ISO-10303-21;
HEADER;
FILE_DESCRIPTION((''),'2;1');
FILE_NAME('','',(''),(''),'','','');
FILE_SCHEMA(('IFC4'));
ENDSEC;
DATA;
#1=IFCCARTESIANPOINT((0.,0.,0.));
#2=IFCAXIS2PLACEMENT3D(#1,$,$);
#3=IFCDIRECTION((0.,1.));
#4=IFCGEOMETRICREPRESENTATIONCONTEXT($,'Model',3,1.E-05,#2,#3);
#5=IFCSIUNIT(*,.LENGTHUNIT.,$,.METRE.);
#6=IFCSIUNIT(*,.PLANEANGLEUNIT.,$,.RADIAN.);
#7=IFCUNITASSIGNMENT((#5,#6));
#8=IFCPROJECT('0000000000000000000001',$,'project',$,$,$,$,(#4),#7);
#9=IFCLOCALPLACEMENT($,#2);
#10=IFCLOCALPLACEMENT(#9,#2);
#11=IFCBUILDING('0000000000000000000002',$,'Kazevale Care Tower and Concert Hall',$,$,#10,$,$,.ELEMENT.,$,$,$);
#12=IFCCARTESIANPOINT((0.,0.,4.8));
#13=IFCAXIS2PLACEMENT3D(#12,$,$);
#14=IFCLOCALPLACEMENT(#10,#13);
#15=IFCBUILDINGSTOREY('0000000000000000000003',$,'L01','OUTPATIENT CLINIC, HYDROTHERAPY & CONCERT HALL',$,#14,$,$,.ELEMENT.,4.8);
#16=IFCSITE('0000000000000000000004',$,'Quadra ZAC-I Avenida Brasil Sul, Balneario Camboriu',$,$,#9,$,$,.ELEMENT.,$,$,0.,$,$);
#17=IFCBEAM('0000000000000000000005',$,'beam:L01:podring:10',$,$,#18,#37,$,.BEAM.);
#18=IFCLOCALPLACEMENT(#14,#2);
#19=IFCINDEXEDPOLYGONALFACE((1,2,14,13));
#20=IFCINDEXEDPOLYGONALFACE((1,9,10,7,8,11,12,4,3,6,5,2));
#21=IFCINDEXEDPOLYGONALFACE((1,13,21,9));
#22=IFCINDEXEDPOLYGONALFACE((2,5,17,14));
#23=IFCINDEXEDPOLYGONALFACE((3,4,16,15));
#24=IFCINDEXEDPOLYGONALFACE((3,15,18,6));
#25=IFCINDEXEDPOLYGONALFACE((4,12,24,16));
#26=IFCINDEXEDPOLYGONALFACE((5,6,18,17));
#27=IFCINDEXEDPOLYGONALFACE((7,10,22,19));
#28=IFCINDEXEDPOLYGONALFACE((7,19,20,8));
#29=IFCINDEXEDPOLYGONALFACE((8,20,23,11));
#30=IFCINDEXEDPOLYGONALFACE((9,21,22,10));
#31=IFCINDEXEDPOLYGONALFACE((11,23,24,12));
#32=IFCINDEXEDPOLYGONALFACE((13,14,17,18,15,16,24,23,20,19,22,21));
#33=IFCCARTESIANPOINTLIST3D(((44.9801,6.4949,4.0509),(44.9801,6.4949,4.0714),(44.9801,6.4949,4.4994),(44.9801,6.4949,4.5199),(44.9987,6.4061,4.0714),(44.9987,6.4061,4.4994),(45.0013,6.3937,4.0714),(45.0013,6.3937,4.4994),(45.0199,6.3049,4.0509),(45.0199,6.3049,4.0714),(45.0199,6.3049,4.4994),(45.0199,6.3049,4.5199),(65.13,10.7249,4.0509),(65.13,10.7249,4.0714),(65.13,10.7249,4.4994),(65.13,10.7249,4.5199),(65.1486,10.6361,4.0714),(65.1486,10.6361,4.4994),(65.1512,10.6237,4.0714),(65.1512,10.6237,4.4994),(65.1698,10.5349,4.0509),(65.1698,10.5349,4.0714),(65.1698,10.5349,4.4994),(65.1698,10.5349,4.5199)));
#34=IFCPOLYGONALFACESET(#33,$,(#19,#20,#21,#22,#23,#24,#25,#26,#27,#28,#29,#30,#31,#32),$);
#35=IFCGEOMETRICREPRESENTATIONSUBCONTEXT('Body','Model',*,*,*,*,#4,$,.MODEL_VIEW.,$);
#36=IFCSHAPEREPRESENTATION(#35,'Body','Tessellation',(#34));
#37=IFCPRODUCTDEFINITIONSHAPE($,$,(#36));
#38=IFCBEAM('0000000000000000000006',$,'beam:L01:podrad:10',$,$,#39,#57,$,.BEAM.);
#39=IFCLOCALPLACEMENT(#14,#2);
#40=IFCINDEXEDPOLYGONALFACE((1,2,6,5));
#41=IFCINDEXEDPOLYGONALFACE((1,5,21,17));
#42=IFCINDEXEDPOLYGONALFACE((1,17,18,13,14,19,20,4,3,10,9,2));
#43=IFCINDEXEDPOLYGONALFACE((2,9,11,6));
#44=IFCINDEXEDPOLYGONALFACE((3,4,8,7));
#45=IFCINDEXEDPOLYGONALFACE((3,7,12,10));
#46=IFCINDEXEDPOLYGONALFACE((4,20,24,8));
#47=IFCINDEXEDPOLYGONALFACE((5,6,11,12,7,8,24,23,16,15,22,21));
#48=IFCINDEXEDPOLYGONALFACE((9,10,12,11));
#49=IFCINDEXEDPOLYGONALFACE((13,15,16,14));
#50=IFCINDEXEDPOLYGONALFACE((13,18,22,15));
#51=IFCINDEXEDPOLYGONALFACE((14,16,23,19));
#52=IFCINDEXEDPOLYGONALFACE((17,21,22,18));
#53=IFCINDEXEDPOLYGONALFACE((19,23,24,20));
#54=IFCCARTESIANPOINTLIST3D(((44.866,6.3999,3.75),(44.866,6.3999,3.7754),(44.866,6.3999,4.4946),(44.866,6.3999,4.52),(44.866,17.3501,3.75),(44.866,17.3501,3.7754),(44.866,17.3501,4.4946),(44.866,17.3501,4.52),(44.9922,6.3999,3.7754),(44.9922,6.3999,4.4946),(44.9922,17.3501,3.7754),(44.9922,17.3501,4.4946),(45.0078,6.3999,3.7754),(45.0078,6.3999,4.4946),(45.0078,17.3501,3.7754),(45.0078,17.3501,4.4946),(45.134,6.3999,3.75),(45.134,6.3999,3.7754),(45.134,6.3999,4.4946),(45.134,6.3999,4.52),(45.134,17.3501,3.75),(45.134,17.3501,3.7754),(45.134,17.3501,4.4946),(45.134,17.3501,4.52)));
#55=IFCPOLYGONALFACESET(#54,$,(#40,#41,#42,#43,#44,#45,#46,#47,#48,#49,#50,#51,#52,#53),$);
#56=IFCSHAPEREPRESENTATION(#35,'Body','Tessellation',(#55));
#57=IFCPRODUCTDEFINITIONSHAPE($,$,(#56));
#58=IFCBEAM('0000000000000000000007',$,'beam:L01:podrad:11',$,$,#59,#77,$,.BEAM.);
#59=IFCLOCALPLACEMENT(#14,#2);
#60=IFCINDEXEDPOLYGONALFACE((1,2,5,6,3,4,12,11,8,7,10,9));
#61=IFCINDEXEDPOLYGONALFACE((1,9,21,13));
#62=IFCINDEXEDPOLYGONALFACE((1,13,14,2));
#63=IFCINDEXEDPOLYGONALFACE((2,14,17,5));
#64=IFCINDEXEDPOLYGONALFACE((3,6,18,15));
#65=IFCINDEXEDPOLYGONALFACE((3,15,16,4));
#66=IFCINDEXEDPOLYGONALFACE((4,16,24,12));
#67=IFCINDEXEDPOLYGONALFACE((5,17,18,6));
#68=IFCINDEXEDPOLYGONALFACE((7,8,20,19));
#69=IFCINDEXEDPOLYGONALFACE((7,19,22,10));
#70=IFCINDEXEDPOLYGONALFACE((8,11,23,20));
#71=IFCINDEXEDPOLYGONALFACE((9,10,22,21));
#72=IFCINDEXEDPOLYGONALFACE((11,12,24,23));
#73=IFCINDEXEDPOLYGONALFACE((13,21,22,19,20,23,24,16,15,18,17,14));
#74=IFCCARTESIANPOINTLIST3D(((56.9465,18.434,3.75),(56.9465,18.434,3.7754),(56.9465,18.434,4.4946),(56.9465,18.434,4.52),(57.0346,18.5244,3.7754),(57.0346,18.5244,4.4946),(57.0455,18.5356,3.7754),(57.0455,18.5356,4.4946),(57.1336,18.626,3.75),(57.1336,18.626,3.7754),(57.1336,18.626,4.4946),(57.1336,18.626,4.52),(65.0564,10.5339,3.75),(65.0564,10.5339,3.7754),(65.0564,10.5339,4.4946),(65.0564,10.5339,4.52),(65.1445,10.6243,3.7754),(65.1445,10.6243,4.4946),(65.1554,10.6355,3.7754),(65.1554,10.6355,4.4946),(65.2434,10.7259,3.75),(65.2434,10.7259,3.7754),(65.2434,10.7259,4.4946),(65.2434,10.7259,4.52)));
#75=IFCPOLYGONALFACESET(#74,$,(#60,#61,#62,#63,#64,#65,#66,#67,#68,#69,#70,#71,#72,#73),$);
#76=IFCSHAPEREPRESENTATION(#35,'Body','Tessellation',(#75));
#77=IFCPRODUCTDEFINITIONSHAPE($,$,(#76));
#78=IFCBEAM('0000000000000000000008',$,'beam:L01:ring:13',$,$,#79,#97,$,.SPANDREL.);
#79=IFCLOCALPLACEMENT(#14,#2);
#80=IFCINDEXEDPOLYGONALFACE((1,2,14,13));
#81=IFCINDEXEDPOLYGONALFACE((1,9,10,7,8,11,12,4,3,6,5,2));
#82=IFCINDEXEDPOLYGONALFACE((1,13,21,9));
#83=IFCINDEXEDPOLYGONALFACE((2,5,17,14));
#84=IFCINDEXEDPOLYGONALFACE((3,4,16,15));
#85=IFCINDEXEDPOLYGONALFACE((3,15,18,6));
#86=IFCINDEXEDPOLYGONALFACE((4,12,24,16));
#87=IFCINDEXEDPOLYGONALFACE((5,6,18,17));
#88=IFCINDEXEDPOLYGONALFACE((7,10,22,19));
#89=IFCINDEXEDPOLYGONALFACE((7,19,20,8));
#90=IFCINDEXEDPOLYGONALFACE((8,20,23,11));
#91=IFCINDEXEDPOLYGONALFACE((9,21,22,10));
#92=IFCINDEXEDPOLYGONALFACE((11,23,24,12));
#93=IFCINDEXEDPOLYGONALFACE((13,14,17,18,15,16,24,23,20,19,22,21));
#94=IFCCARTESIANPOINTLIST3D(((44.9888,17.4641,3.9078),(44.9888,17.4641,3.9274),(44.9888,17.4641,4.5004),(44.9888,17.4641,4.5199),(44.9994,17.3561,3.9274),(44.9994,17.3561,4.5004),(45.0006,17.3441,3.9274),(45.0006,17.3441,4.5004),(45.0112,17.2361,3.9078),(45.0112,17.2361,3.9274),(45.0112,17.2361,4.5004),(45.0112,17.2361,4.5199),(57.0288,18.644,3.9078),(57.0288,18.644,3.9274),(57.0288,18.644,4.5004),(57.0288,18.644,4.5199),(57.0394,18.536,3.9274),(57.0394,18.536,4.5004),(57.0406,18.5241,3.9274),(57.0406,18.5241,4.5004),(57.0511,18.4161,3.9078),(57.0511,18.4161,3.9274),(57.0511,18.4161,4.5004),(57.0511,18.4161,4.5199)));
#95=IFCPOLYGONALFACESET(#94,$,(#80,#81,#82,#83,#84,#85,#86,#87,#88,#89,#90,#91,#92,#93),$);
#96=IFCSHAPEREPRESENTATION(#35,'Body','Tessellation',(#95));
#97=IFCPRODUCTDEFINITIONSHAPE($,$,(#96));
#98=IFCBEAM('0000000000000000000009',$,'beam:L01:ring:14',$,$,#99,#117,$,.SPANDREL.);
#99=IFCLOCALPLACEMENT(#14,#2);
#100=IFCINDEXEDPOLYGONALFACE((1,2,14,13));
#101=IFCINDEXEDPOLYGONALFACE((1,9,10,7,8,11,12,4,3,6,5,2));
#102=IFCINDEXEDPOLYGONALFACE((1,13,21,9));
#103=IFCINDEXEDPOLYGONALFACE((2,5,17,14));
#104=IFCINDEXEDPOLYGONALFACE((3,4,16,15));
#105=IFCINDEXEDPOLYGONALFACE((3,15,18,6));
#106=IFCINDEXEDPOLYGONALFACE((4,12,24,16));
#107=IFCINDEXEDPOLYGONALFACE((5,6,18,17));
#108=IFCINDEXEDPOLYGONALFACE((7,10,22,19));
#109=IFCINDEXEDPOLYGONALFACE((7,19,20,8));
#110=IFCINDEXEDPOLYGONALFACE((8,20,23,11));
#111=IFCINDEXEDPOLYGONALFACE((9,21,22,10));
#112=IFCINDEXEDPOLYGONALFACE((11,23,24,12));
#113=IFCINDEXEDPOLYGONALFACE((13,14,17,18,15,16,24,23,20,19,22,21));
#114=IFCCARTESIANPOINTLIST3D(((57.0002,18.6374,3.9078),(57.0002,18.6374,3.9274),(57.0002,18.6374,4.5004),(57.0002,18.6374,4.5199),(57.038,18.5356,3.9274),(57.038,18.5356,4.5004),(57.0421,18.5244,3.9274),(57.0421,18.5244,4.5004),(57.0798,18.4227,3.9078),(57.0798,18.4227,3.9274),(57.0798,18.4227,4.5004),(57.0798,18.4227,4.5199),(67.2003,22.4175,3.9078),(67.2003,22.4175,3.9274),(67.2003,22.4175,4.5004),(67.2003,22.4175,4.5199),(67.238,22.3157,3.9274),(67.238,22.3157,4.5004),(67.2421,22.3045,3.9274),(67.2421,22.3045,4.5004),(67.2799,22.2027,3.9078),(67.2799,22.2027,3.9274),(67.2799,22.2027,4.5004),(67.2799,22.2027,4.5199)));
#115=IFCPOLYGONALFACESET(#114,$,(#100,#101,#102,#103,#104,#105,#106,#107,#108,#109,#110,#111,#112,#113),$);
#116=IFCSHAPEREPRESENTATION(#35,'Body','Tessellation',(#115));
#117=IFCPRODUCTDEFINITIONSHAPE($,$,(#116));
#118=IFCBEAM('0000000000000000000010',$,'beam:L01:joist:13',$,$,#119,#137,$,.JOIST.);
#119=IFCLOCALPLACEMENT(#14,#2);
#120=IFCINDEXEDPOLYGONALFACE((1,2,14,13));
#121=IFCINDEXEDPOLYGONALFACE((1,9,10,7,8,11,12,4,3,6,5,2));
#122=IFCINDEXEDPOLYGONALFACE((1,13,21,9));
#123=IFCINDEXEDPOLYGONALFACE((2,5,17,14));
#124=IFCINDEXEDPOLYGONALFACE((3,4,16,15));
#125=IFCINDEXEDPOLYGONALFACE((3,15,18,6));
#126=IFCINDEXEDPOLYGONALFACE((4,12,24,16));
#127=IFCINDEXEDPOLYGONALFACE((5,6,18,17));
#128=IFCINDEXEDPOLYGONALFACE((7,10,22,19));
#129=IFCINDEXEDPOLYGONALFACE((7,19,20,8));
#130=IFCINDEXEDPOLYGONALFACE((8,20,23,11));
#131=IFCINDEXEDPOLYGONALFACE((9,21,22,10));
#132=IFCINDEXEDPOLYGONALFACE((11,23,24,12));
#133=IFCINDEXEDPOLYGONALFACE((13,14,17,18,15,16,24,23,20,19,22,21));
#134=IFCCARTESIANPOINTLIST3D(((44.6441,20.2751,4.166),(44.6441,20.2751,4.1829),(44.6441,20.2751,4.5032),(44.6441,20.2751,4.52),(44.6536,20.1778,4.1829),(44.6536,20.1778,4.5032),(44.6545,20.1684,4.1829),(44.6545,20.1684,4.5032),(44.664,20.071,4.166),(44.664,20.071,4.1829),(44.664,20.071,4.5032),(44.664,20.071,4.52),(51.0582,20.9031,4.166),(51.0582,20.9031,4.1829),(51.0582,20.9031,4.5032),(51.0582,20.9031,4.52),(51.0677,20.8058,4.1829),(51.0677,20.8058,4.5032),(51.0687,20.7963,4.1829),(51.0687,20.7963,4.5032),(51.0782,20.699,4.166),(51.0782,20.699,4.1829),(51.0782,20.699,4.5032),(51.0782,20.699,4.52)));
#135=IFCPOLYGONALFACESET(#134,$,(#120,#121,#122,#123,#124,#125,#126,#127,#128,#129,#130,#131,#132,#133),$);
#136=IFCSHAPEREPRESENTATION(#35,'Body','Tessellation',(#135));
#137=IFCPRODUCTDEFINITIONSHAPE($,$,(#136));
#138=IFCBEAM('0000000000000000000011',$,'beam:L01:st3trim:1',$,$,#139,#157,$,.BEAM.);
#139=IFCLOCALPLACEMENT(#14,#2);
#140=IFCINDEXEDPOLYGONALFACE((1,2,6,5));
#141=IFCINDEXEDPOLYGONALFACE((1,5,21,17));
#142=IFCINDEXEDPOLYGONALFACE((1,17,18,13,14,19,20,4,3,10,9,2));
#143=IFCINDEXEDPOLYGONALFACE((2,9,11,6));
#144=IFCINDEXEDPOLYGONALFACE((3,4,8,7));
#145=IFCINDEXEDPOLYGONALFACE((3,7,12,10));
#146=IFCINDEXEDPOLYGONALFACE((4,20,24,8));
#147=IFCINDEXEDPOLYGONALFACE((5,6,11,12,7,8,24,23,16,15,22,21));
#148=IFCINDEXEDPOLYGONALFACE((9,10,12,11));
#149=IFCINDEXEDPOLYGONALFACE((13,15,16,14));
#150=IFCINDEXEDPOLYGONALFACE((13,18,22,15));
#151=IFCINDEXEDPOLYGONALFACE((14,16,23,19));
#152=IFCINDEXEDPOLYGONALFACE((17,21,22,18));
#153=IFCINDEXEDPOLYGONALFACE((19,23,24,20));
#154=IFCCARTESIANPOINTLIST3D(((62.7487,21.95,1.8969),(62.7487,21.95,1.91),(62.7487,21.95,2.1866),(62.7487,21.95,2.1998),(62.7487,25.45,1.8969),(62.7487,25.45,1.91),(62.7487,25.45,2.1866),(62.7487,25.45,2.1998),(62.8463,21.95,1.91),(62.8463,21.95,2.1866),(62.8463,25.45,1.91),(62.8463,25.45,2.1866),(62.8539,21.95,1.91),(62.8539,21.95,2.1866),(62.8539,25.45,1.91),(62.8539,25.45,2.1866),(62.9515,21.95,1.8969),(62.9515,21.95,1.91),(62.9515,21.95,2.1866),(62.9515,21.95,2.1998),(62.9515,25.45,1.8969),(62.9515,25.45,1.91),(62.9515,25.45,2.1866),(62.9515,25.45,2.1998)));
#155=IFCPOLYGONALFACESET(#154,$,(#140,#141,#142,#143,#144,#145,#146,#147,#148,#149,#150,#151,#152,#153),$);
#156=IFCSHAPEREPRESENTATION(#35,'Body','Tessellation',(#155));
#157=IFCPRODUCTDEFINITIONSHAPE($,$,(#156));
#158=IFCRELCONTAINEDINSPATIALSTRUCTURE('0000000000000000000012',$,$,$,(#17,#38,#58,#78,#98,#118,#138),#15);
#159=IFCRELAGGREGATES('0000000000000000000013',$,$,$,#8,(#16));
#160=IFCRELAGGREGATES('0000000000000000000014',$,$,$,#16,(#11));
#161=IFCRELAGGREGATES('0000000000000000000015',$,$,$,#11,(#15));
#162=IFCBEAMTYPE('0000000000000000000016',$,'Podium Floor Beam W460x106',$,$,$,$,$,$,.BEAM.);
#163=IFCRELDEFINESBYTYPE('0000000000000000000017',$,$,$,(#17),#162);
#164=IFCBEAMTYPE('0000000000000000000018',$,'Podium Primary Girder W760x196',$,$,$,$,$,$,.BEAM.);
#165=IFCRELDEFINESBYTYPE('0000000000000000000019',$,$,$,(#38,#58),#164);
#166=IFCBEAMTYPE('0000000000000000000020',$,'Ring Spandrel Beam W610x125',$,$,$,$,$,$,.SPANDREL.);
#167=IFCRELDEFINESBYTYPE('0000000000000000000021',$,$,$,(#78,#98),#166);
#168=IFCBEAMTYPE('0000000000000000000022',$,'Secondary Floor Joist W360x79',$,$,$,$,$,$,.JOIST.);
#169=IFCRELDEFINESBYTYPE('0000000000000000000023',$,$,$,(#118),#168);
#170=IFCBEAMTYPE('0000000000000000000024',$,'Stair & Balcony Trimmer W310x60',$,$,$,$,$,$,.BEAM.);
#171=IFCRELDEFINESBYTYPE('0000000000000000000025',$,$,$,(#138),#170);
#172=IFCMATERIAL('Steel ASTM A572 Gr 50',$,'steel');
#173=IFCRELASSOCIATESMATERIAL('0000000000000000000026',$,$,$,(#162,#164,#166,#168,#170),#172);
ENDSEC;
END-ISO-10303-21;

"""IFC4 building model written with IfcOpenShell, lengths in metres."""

from ifc_helpers import new_model, si_unit, direction, frame, origin, origin_2d, place, context, subcontext, project, spatial, i_section, extrude, material, material_profile, profile_set, type_object, element, save


model = new_model("IFC4")

# Units and contexts
model_context = context("Model", 3, precision=1e-05, world=origin(), true_north=direction((0.0, 1.0)))
body_context = subcontext(model_context, "Body", "Model", "MODEL_VIEW")
ifc_project = project(units=[si_unit("LENGTHUNIT", "METRE"), si_unit("PLANEANGLEUNIT", "RADIAN")], contexts=[model_context])

# Site, building, storey
site_placement = place(None, origin())
site = spatial("IfcSite", under=ifc_project, at=site_placement, Name="Quadra ZAC-I Avenida Brasil Sul, Balneario Camboriu", CompositionType="ELEMENT", RefElevation=0.0)
building_placement = place(site_placement, origin())
building = spatial("IfcBuilding", under=site, at=building_placement, Name="Kazevale Care Tower and Concert Hall", CompositionType="ELEMENT")
storey_placement = place(building_placement, frame((0.0, 0.0, 4.8)))
storey = spatial("IfcBuildingStorey", under=building, at=storey_placement, Name="L01", Description="OUTPATIENT CLINIC, HYDROTHERAPY & CONCERT HALL", CompositionType="ELEMENT", Elevation=4.8)

# Beams
ifc_material_1 = material(Name="Steel ASTM A572 Gr 50", Category="steel")
ifc_material_profile_1 = material_profile(ifc_material_1, i_section(OverallWidth=0.1941, OverallDepth=0.469, WebThickness=0.0127, FlangeThickness=0.0205, at=origin_2d()), Name="W460x106")
ifc_profile_set_1 = profile_set([ifc_material_profile_1], Name="Steel ASTM A572 Gr 50")
beam_type_1 = type_object("IfcBeamType", Name="Podium Floor Beam W460x106", PredefinedType="BEAM", material=ifc_profile_set_1)
beam_1_placement = place(storey_placement, frame((45.0, 6.3999, 4.2854), z_axis=(0.978668, 0.205448, 0.0), x_axis=(-0.205448, 0.978668, 0.0)))
element("IfcBeam", 1, at=beam_1_placement, inside=storey, type_object=beam_type_1, Name="beam:L01:podring:10", PredefinedType="BEAM", context=body_context, shape_type="SweptSolid", body=[
    extrude(i_section(OverallWidth=0.1941, OverallDepth=0.469, WebThickness=0.0127, FlangeThickness=0.0205, at=origin_2d()), origin(), (0.0, 0.0, 1.0), 20.5891),
])
ifc_material_profile_2 = material_profile(ifc_material_1, i_section(OverallWidth=0.2681, OverallDepth=0.77, WebThickness=0.0156, FlangeThickness=0.0254, at=origin_2d()), Name="W760x196")
ifc_profile_set_2 = profile_set([ifc_material_profile_2], Name="Steel ASTM A572 Gr 50")
beam_type_2 = type_object("IfcBeamType", Name="Podium Primary Girder W760x196", PredefinedType="BEAM", material=ifc_profile_set_2)
beam_2_placement = place(storey_placement, frame((45.0, 17.3501, 4.135), z_axis=(0.0, -1.0, 0.0), x_axis=(1.0, 0.0, 0.0)))
element("IfcBeam", 2, at=beam_2_placement, inside=storey, type_object=beam_type_2, Name="beam:L01:podrad:10", PredefinedType="BEAM", context=body_context, shape_type="SweptSolid", body=[
    extrude(i_section(OverallWidth=0.2681, OverallDepth=0.77, WebThickness=0.0156, FlangeThickness=0.0254, at=origin_2d()), origin(), (0.0, 0.0, 1.0), 10.9502),
])
beam_3_placement = place(storey_placement, frame((57.04, 18.53, 4.135), z_axis=(0.716308, -0.697784, 0.0), x_axis=(0.697784, 0.716308, 0.0)))
element("IfcBeam", 3, at=beam_3_placement, inside=storey, type_object=beam_type_2, Name="beam:L01:podrad:11", PredefinedType="BEAM", context=body_context, shape_type="SweptSolid", body=[
    extrude(i_section(OverallWidth=0.2681, OverallDepth=0.77, WebThickness=0.0156, FlangeThickness=0.0254, at=origin_2d()), origin(), (0.0, 0.0, 1.0), 11.3218),
])
ifc_material_profile_3 = material_profile(ifc_material_1, i_section(OverallWidth=0.229, OverallDepth=0.6121, WebThickness=0.012, FlangeThickness=0.0195, at=origin_2d()), Name="W610x125")
ifc_profile_set_3 = profile_set([ifc_material_profile_3], Name="Steel ASTM A572 Gr 50")
beam_type_3 = type_object("IfcBeamType", Name="Ring Spandrel Beam W610x125", PredefinedType="SPANDREL", material=ifc_profile_set_3)
beam_4_placement = place(storey_placement, frame((45.0, 17.3501, 4.2139), z_axis=(0.995232, 0.097533, 0.0), x_axis=(-0.097533, 0.995232, 0.0)))
element("IfcBeam", 4, at=beam_4_placement, inside=storey, type_object=beam_type_3, Name="beam:L01:ring:13", PredefinedType="SPANDREL", context=body_context, shape_type="SweptSolid", body=[
    extrude(i_section(OverallWidth=0.229, OverallDepth=0.6121, WebThickness=0.012, FlangeThickness=0.0195, at=origin_2d()), origin(), (0.0, 0.0, 1.0), 12.0977),
])
beam_5_placement = place(storey_placement, frame((57.04, 18.53, 4.2139), z_axis=(0.937681, 0.347498, 0.0), x_axis=(-0.347498, 0.937681, 0.0)))
element("IfcBeam", 5, at=beam_5_placement, inside=storey, type_object=beam_type_3, Name="beam:L01:ring:14", PredefinedType="SPANDREL", context=body_context, shape_type="SweptSolid", body=[
    extrude(i_section(OverallWidth=0.229, OverallDepth=0.6121, WebThickness=0.012, FlangeThickness=0.0195, at=origin_2d()), origin(), (0.0, 0.0, 1.0), 10.8779),
])
ifc_material_profile_4 = material_profile(ifc_material_1, i_section(OverallWidth=0.2051, OverallDepth=0.354, WebThickness=0.0095, FlangeThickness=0.0168, at=origin_2d()), Name="W360x79")
ifc_profile_set_4 = profile_set([ifc_material_profile_4], Name="Steel ASTM A572 Gr 50")
beam_type_4 = type_object("IfcBeamType", Name="Secondary Floor Joist W360x79", PredefinedType="JOIST", material=ifc_profile_set_4)
beam_6_placement = place(storey_placement, frame((44.6541, 20.1731, 4.343), z_axis=(0.995242, 0.097433, 0.0), x_axis=(-0.097433, 0.995242, 0.0)))
element("IfcBeam", 6, at=beam_6_placement, inside=storey, type_object=beam_type_4, Name="beam:L01:joist:13", PredefinedType="JOIST", context=body_context, shape_type="SweptSolid", body=[
    extrude(i_section(OverallWidth=0.2051, OverallDepth=0.354, WebThickness=0.0095, FlangeThickness=0.0168, at=origin_2d()), origin(), (0.0, 0.0, 1.0), 6.4448),
])
ifc_material_profile_5 = material_profile(ifc_material_1, i_section(OverallWidth=0.2029, OverallDepth=0.303, WebThickness=0.0076, FlangeThickness=0.0132, at=origin_2d()), Name="W310x60")
ifc_profile_set_5 = profile_set([ifc_material_profile_5], Name="Steel ASTM A572 Gr 50")
beam_type_5 = type_object("IfcBeamType", Name="Stair & Balcony Trimmer W310x60", PredefinedType="BEAM", material=ifc_profile_set_5)
beam_7_placement = place(storey_placement, frame((62.8501, 21.95, 2.0483), z_axis=(0.0, 1.0, 0.0), x_axis=(-1.0, 0.0, 0.0)))
element("IfcBeam", 7, at=beam_7_placement, inside=storey, type_object=beam_type_5, Name="beam:L01:st3trim:1", PredefinedType="BEAM", context=body_context, shape_type="SweptSolid", body=[
    extrude(i_section(OverallWidth=0.2029, OverallDepth=0.303, WebThickness=0.0076, FlangeThickness=0.0132, at=origin_2d()), origin(), (0.0, 0.0, 1.0), 3.5),
])

save(model, "model.ifc")
